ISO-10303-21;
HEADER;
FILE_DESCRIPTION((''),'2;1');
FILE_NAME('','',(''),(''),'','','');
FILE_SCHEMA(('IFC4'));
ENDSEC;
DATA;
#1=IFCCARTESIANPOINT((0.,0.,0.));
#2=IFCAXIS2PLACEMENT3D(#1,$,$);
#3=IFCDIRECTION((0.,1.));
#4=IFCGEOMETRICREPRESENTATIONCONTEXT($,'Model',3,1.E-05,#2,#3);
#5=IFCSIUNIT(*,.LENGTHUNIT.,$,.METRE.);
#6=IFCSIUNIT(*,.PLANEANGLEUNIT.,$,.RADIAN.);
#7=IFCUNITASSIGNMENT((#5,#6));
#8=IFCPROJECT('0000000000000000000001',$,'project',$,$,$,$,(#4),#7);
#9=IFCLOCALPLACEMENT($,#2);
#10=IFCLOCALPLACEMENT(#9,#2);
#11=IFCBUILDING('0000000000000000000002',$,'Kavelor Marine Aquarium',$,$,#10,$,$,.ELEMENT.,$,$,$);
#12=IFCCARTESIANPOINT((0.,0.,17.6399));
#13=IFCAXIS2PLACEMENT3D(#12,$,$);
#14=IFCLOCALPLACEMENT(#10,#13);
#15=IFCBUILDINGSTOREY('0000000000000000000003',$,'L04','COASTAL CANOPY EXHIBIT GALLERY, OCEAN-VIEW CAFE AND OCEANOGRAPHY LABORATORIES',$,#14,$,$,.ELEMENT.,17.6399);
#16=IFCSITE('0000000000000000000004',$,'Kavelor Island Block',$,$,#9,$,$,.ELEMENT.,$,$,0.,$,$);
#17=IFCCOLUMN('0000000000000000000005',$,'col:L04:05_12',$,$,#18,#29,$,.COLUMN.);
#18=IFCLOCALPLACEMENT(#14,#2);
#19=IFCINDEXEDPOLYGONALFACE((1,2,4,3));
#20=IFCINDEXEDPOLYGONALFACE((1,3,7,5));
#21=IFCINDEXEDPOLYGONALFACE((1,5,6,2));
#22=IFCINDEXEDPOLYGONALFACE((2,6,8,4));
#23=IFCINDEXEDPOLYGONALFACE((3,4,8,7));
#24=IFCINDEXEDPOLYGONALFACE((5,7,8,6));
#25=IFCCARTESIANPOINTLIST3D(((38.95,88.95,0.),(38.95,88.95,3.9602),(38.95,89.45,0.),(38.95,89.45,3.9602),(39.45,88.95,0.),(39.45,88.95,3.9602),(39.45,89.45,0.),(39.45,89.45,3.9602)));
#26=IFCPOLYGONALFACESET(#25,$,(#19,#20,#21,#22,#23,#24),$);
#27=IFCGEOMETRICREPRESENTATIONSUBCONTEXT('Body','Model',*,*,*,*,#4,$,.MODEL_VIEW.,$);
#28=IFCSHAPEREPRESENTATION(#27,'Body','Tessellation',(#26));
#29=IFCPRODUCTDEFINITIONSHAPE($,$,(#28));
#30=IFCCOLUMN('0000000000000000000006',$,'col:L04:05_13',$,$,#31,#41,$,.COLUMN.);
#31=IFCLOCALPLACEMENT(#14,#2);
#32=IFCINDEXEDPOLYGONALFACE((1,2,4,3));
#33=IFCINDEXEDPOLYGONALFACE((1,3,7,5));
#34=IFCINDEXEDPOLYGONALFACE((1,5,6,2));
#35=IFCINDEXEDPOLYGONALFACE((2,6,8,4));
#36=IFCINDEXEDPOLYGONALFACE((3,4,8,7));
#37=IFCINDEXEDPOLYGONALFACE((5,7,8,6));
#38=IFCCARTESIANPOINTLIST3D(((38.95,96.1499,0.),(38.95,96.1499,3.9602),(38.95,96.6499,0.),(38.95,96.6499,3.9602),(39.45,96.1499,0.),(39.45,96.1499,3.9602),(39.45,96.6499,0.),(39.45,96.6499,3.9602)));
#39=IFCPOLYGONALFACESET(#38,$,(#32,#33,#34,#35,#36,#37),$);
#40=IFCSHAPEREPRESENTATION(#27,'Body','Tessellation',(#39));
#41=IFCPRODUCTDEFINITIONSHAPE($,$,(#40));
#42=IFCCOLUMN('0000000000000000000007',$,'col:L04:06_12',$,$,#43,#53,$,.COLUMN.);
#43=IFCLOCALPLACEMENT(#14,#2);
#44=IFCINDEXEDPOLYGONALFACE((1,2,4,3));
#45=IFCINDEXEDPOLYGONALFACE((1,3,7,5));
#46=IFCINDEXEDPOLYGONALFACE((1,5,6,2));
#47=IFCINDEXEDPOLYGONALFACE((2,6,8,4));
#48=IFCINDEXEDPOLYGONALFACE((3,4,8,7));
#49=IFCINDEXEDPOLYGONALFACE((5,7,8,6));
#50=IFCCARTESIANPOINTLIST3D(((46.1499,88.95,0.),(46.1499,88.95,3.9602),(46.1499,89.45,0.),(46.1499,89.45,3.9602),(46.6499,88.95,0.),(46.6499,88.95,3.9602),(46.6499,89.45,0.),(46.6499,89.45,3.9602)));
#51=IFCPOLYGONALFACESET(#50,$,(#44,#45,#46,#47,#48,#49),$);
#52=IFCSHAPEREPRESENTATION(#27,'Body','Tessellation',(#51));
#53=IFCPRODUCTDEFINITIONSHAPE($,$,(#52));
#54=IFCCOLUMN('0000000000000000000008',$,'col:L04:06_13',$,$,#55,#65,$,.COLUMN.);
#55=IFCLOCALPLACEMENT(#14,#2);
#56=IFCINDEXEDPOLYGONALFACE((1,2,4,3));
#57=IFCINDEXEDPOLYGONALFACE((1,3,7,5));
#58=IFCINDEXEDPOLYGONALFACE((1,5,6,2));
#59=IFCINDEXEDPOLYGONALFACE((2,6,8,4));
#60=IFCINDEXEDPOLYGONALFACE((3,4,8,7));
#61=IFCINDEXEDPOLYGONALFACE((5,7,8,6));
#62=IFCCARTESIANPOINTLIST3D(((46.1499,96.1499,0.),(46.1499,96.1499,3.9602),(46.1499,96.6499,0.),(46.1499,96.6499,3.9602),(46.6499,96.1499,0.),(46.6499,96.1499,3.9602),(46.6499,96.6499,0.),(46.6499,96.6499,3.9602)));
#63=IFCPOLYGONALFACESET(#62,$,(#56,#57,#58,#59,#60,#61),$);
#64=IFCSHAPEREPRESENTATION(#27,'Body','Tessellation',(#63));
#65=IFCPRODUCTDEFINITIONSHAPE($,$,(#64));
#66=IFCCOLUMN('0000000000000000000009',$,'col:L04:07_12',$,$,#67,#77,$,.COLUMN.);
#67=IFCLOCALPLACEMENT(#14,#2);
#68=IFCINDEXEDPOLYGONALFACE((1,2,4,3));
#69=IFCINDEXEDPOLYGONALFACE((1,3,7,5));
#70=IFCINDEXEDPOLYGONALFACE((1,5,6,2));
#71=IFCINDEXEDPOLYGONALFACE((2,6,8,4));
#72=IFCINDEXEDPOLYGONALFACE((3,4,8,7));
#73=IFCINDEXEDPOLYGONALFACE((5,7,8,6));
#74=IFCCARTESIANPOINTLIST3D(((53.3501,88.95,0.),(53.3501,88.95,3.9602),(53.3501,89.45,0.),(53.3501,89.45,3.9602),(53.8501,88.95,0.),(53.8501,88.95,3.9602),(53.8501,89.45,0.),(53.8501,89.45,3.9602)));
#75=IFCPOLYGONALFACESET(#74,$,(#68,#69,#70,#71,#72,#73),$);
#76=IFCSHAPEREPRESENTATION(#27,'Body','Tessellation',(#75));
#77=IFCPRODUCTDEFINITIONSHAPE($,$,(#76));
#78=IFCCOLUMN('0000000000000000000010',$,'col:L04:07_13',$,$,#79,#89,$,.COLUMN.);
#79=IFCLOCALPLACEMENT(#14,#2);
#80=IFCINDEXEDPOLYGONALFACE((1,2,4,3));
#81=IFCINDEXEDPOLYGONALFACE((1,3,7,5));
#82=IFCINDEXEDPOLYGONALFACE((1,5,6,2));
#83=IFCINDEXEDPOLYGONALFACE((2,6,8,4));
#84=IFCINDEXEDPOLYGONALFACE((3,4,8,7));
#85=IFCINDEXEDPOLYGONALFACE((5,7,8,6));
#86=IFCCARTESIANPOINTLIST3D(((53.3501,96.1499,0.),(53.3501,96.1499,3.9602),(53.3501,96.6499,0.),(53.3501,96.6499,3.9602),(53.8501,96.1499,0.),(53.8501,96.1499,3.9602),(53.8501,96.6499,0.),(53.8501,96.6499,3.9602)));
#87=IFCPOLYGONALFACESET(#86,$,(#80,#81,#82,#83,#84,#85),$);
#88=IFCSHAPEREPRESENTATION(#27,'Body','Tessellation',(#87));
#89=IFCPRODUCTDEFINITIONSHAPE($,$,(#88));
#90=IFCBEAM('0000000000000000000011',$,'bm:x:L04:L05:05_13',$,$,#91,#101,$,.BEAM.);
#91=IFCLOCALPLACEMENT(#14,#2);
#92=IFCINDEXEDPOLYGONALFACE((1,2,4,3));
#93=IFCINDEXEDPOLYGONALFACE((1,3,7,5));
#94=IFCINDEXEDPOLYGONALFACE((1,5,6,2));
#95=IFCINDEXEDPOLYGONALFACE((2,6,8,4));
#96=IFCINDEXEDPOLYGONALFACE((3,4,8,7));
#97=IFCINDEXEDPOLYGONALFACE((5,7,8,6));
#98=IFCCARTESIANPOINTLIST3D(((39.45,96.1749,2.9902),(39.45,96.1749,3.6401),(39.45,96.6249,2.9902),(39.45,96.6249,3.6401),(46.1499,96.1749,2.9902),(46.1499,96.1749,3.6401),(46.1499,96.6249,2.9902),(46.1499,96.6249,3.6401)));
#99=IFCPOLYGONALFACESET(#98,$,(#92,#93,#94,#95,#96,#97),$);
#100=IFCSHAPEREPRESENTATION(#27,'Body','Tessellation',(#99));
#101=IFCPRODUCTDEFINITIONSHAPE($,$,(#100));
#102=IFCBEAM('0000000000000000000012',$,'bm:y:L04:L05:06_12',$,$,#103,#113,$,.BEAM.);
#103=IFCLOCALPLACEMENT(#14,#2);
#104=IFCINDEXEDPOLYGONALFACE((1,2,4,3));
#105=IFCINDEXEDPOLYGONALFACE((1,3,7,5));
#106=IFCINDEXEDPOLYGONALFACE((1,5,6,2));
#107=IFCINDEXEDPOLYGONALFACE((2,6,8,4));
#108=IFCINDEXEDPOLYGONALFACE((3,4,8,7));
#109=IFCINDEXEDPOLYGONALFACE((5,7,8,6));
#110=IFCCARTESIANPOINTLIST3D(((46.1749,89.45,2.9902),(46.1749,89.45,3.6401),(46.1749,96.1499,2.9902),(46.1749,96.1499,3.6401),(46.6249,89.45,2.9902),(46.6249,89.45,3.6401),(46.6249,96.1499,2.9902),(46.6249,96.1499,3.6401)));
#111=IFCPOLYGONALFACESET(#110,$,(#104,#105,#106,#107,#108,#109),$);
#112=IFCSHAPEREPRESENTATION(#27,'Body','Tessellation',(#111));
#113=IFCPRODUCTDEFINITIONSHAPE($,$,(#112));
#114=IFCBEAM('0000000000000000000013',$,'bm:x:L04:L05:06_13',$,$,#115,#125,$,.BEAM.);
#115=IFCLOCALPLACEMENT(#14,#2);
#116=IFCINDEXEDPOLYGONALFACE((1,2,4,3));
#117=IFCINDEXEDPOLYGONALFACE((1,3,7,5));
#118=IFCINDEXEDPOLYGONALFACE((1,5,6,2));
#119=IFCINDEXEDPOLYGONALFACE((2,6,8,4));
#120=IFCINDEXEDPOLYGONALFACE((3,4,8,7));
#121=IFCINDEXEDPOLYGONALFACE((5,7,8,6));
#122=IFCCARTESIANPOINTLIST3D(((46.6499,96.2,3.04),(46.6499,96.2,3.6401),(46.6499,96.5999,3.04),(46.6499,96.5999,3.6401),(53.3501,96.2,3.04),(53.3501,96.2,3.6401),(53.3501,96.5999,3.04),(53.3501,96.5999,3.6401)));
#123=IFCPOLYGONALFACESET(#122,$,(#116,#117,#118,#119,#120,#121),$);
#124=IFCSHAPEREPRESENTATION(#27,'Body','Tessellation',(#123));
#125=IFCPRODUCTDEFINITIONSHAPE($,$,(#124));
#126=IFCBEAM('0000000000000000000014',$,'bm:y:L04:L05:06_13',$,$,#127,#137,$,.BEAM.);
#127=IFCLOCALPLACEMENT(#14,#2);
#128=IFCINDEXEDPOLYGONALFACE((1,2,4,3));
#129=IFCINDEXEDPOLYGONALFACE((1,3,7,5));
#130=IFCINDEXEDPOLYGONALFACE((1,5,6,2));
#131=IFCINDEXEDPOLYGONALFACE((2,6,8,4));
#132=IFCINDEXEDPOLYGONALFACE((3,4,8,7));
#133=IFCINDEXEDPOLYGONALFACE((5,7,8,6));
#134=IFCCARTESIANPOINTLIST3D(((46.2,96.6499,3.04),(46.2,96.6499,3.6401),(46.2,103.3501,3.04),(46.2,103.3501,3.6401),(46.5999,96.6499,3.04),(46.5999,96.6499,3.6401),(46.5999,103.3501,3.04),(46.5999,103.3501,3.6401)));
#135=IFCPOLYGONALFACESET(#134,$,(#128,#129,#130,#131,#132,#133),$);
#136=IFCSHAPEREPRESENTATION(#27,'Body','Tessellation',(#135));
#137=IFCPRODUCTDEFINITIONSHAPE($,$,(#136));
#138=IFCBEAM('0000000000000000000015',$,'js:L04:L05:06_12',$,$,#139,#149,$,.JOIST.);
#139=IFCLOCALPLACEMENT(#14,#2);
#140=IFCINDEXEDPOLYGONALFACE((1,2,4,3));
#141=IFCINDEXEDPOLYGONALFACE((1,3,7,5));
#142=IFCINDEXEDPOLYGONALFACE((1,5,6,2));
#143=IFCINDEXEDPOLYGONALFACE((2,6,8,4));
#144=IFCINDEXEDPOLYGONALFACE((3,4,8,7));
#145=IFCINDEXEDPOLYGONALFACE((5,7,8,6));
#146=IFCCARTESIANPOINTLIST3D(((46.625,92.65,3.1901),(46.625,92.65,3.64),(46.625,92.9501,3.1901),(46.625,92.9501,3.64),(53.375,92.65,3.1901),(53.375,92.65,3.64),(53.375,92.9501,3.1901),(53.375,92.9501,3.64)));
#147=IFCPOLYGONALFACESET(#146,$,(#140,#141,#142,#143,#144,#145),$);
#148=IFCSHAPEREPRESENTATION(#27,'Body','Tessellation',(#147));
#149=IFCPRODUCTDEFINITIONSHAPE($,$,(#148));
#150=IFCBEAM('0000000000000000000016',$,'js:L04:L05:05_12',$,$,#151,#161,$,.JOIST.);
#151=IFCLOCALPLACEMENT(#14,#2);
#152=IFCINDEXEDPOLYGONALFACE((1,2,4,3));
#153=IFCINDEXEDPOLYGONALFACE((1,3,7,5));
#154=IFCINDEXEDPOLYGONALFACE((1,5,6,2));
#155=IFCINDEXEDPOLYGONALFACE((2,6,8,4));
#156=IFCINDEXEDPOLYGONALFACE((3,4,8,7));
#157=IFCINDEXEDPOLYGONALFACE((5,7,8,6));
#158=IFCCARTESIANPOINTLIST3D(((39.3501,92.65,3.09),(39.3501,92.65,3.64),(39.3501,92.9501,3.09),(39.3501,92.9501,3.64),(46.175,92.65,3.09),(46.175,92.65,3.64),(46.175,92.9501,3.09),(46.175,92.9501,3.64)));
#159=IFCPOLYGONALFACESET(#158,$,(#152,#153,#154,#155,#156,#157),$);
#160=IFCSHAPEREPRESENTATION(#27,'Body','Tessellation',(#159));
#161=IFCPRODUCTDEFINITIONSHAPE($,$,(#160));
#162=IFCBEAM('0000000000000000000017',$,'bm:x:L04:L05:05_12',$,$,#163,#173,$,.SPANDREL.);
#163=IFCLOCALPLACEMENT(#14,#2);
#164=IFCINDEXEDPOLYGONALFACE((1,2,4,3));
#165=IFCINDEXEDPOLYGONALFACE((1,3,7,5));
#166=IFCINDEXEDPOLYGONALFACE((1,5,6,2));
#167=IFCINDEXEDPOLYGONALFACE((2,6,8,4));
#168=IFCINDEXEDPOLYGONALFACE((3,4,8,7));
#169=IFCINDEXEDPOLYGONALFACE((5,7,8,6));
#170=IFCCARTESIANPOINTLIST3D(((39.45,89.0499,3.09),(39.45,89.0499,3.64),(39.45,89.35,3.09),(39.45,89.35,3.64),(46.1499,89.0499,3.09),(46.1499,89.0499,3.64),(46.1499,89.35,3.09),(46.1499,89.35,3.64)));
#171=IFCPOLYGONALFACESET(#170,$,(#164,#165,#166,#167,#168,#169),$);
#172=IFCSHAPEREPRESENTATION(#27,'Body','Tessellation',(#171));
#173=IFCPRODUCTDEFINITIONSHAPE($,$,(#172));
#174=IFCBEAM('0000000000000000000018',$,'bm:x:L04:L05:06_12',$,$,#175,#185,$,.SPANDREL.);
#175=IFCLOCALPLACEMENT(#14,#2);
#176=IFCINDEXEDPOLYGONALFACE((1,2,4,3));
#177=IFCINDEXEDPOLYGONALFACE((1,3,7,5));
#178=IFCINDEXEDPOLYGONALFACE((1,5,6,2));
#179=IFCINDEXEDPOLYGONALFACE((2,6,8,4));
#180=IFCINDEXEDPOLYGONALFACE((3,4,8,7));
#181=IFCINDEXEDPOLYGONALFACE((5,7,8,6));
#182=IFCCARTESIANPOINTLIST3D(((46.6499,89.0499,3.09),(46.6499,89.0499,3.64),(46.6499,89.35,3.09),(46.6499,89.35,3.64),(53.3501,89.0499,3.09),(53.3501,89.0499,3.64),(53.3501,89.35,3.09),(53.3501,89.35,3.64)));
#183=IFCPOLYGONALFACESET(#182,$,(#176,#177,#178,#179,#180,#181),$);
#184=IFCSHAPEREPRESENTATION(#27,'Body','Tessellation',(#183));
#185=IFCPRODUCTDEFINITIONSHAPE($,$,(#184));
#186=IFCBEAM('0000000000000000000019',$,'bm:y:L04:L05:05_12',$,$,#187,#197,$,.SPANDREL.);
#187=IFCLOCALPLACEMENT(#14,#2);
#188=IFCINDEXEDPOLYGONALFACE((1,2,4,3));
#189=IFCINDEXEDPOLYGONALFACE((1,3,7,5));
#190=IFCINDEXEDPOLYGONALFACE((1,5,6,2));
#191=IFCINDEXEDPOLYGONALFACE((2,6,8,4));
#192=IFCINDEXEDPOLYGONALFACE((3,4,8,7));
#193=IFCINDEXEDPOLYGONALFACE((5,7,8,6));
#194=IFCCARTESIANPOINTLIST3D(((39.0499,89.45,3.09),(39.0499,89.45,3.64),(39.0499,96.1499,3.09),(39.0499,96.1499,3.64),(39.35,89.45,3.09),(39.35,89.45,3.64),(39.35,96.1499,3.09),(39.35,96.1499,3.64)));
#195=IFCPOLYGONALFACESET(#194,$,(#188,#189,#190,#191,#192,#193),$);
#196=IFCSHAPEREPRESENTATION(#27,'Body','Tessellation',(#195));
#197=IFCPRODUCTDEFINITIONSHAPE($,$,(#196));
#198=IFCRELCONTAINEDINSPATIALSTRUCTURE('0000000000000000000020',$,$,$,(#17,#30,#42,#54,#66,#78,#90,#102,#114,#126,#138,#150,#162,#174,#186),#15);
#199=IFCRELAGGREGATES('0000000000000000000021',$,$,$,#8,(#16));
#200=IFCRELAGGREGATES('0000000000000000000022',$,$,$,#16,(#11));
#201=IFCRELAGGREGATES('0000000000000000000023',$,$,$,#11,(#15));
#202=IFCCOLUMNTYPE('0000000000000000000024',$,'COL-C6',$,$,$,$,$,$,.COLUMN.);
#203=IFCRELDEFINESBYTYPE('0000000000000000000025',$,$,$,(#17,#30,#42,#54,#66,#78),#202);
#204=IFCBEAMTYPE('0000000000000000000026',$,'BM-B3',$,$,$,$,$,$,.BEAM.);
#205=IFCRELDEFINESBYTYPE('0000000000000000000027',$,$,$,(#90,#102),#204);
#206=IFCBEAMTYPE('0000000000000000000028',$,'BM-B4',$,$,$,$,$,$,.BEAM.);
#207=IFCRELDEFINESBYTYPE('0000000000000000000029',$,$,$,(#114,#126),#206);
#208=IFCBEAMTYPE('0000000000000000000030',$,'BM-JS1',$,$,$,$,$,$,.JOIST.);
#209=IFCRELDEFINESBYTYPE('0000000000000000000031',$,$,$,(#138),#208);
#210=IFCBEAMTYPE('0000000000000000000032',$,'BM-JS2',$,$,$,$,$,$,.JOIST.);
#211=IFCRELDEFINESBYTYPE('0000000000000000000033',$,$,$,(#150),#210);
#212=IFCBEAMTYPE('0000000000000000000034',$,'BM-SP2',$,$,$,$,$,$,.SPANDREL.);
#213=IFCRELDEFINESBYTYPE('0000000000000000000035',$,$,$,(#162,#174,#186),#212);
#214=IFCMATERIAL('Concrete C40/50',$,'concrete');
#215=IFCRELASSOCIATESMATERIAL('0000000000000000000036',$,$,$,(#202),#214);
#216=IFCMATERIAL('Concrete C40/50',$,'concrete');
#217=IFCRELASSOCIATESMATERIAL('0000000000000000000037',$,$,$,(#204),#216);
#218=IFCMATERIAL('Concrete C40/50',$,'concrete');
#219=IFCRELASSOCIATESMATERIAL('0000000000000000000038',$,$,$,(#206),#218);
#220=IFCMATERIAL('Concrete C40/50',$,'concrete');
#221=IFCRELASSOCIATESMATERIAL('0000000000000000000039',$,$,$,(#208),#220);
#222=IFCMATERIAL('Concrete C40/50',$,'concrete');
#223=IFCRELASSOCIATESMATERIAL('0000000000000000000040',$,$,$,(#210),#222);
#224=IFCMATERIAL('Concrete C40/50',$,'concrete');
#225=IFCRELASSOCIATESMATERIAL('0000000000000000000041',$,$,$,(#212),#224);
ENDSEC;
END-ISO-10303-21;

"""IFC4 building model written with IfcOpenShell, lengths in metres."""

from ifc_helpers import new_model, si_unit, direction, frame, origin, origin_2d, place, context, subcontext, project, spatial, rectangle, extrude, material, material_profile, profile_set, type_object, element, save


model = new_model("IFC4")

# Units and contexts
model_context = context("Model", 3, precision=1e-05, world=origin(), true_north=direction((0.0, 1.0)))
body_context = subcontext(model_context, "Body", "Model", "MODEL_VIEW")
ifc_project = project(units=[si_unit("LENGTHUNIT", "METRE"), si_unit("PLANEANGLEUNIT", "RADIAN")], contexts=[model_context])

# Site, building, storey
site_placement = place(None, origin())
site = spatial("IfcSite", under=ifc_project, at=site_placement, Name="Kavelor Island Block", CompositionType="ELEMENT", RefElevation=0.0)
building_placement = place(site_placement, origin())
building = spatial("IfcBuilding", under=site, at=building_placement, Name="Kavelor Marine Aquarium", CompositionType="ELEMENT")
storey_placement = place(building_placement, frame((0.0, 0.0, 17.6399)))
storey = spatial("IfcBuildingStorey", under=building, at=storey_placement, Name="L04", Description="COASTAL CANOPY EXHIBIT GALLERY, OCEAN-VIEW CAFE AND OCEANOGRAPHY LABORATORIES", CompositionType="ELEMENT", Elevation=17.6399)

# Columns
ifc_material_1 = material(Name="Concrete C40/50", Category="concrete")
ifc_material_profile_1 = material_profile(ifc_material_1, rectangle(XDim=0.5, YDim=0.5, at=origin_2d()), Name="RC-COL 500x500")
ifc_profile_set_1 = profile_set([ifc_material_profile_1], Name="Concrete C40/50")
column_type = type_object("IfcColumnType", Name="COL-C6", PredefinedType="COLUMN", material=ifc_profile_set_1)
for number, where, z_axis, x_axis, name in (
    (1, (39.2, 89.2, 0.0), (0.0, 0.0, 1.0), (1.0, 0.0, 0.0), "col:L04:05_12"),
    (2, (39.2, 96.3999, 0.0), (0.0, 0.0, 1.0), (1.0, 0.0, 0.0), "col:L04:05_13"),
    (3, (46.3999, 89.2, 0.0), (0.0, 0.0, 1.0), (1.0, 0.0, 0.0), "col:L04:06_12"),
    (4, (46.3999, 96.3999, 0.0), (0.0, 0.0, 1.0), (1.0, 0.0, 0.0), "col:L04:06_13"),
    (5, (53.6001, 89.2, 0.0), (0.0, 0.0, 1.0), (1.0, 0.0, 0.0), "col:L04:07_12"),
    (6, (53.6001, 96.3999, 0.0), (0.0, 0.0, 1.0), (1.0, 0.0, 0.0), "col:L04:07_13"),
):
    element("IfcColumn", number, at=place(storey_placement, frame(where, z_axis=z_axis, x_axis=x_axis)), inside=storey, type_object=column_type, Name=name, PredefinedType="COLUMN", context=body_context, shape_type="SweptSolid", body=[
        extrude(rectangle(XDim=0.5, YDim=0.5, at=origin_2d()), origin(), (0.0, 0.0, 1.0), 3.9602),
    ])

# Beams
ifc_material_2 = material(Name="Concrete C40/50", Category="concrete")
ifc_material_profile_2 = material_profile(ifc_material_2, rectangle(XDim=0.45, YDim=0.6499, at=origin_2d()), Name="RC-BM 450x650")
ifc_profile_set_2 = profile_set([ifc_material_profile_2], Name="Concrete C40/50")
beam_type_1 = type_object("IfcBeamType", Name="BM-B3", PredefinedType="BEAM", material=ifc_profile_set_2)
for number, where, z_axis, x_axis, name in (
    (7, (39.45, 96.3999, 3.3152), (1.0, 0.0, 0.0), (0.0, 1.0, 0.0), "bm:x:L04:L05:05_13"),
    (8, (46.3999, 89.45, 3.3152), (0.0, 1.0, 0.0), (-1.0, 0.0, 0.0), "bm:y:L04:L05:06_12"),
):
    element("IfcBeam", number, at=place(storey_placement, frame(where, z_axis=z_axis, x_axis=x_axis)), inside=storey, type_object=beam_type_1, Name=name, PredefinedType="BEAM", context=body_context, shape_type="SweptSolid", body=[
        extrude(rectangle(XDim=0.45, YDim=0.6499, at=origin_2d()), origin(), (0.0, 0.0, 1.0), 6.7),
    ])
ifc_material_3 = material(Name="Concrete C40/50", Category="concrete")
ifc_material_profile_3 = material_profile(ifc_material_3, rectangle(XDim=0.3999, YDim=0.6001, at=origin_2d()), Name="RC-BM 400x600")
ifc_profile_set_3 = profile_set([ifc_material_profile_3], Name="Concrete C40/50")
beam_type_2 = type_object("IfcBeamType", Name="BM-B4", PredefinedType="BEAM", material=ifc_profile_set_3)
for number, where, z_axis, x_axis, name in (
    (9, (46.6499, 96.3999, 3.3401), (1.0, 0.0, 0.0), (0.0, 1.0, 0.0), "bm:x:L04:L05:06_13"),
    (10, (46.3999, 96.6499, 3.3401), (0.0, 1.0, 0.0), (-1.0, 0.0, 0.0), "bm:y:L04:L05:06_13"),
):
    element("IfcBeam", number, at=place(storey_placement, frame(where, z_axis=z_axis, x_axis=x_axis)), inside=storey, type_object=beam_type_2, Name=name, PredefinedType="BEAM", context=body_context, shape_type="SweptSolid", body=[
        extrude(rectangle(XDim=0.3999, YDim=0.6001, at=origin_2d()), origin(), (0.0, 0.0, 1.0), 6.7002),
    ])
ifc_material_4 = material(Name="Concrete C40/50", Category="concrete")
ifc_material_profile_4 = material_profile(ifc_material_4, rectangle(XDim=0.3, YDim=0.45, at=origin_2d()), Name="RC-JS 300x450")
ifc_profile_set_4 = profile_set([ifc_material_profile_4], Name="Concrete C40/50")
beam_type_3 = type_object("IfcBeamType", Name="BM-JS1", PredefinedType="JOIST", material=ifc_profile_set_4)
beam_1_placement = place(storey_placement, frame((46.625, 92.8, 3.415), z_axis=(1.0, 0.0, 0.0), x_axis=(0.0, 1.0, 0.0)))
element("IfcBeam", 11, at=beam_1_placement, inside=storey, type_object=beam_type_3, Name="js:L04:L05:06_12", PredefinedType="JOIST", context=body_context, shape_type="SweptSolid", body=[
    extrude(rectangle(XDim=0.3, YDim=0.45, at=origin_2d()), origin(), (0.0, 0.0, 1.0), 6.75),
])
ifc_material_5 = material(Name="Concrete C40/50", Category="concrete")
ifc_material_profile_5 = material_profile(ifc_material_5, rectangle(XDim=0.3, YDim=0.55, at=origin_2d()), Name="RC-JS 300x550")
ifc_profile_set_5 = profile_set([ifc_material_profile_5], Name="Concrete C40/50")
beam_type_4 = type_object("IfcBeamType", Name="BM-JS2", PredefinedType="JOIST", material=ifc_profile_set_5)
beam_2_placement = place(storey_placement, frame((39.3501, 92.8, 3.365), z_axis=(1.0, 0.0, 0.0), x_axis=(0.0, 1.0, 0.0)))
element("IfcBeam", 12, at=beam_2_placement, inside=storey, type_object=beam_type_4, Name="js:L04:L05:05_12", PredefinedType="JOIST", context=body_context, shape_type="SweptSolid", body=[
    extrude(rectangle(XDim=0.3, YDim=0.55, at=origin_2d()), origin(), (0.0, 0.0, 1.0), 6.825),
])
ifc_material_6 = material(Name="Concrete C40/50", Category="concrete")
ifc_material_profile_6 = material_profile(ifc_material_6, rectangle(XDim=0.3, YDim=0.55, at=origin_2d()), Name="RC-SP 300x550")
ifc_profile_set_6 = profile_set([ifc_material_profile_6], Name="Concrete C40/50")
beam_type_5 = type_object("IfcBeamType", Name="BM-SP2", PredefinedType="SPANDREL", material=ifc_profile_set_6)
beam_3_placement = place(storey_placement, frame((39.45, 89.2, 3.365), z_axis=(1.0, 0.0, 0.0), x_axis=(0.0, 1.0, 0.0)))
element("IfcBeam", 13, at=beam_3_placement, inside=storey, type_object=beam_type_5, Name="bm:x:L04:L05:05_12", PredefinedType="SPANDREL", context=body_context, shape_type="SweptSolid", body=[
    extrude(rectangle(XDim=0.3, YDim=0.55, at=origin_2d()), origin(), (0.0, 0.0, 1.0), 6.7),
])
beam_4_placement = place(storey_placement, frame((46.6499, 89.2, 3.365), z_axis=(1.0, 0.0, 0.0), x_axis=(0.0, 1.0, 0.0)))
element("IfcBeam", 14, at=beam_4_placement, inside=storey, type_object=beam_type_5, Name="bm:x:L04:L05:06_12", PredefinedType="SPANDREL", context=body_context, shape_type="SweptSolid", body=[
    extrude(rectangle(XDim=0.3, YDim=0.55, at=origin_2d()), origin(), (0.0, 0.0, 1.0), 6.7002),
])
beam_5_placement = place(storey_placement, frame((39.2, 89.45, 3.365), z_axis=(0.0, 1.0, 0.0), x_axis=(-1.0, 0.0, 0.0)))
element("IfcBeam", 15, at=beam_5_placement, inside=storey, type_object=beam_type_5, Name="bm:y:L04:L05:05_12", PredefinedType="SPANDREL", context=body_context, shape_type="SweptSolid", body=[
    extrude(rectangle(XDim=0.3, YDim=0.55, at=origin_2d()), origin(), (0.0, 0.0, 1.0), 6.7),
])

save(model, "model.ifc")
